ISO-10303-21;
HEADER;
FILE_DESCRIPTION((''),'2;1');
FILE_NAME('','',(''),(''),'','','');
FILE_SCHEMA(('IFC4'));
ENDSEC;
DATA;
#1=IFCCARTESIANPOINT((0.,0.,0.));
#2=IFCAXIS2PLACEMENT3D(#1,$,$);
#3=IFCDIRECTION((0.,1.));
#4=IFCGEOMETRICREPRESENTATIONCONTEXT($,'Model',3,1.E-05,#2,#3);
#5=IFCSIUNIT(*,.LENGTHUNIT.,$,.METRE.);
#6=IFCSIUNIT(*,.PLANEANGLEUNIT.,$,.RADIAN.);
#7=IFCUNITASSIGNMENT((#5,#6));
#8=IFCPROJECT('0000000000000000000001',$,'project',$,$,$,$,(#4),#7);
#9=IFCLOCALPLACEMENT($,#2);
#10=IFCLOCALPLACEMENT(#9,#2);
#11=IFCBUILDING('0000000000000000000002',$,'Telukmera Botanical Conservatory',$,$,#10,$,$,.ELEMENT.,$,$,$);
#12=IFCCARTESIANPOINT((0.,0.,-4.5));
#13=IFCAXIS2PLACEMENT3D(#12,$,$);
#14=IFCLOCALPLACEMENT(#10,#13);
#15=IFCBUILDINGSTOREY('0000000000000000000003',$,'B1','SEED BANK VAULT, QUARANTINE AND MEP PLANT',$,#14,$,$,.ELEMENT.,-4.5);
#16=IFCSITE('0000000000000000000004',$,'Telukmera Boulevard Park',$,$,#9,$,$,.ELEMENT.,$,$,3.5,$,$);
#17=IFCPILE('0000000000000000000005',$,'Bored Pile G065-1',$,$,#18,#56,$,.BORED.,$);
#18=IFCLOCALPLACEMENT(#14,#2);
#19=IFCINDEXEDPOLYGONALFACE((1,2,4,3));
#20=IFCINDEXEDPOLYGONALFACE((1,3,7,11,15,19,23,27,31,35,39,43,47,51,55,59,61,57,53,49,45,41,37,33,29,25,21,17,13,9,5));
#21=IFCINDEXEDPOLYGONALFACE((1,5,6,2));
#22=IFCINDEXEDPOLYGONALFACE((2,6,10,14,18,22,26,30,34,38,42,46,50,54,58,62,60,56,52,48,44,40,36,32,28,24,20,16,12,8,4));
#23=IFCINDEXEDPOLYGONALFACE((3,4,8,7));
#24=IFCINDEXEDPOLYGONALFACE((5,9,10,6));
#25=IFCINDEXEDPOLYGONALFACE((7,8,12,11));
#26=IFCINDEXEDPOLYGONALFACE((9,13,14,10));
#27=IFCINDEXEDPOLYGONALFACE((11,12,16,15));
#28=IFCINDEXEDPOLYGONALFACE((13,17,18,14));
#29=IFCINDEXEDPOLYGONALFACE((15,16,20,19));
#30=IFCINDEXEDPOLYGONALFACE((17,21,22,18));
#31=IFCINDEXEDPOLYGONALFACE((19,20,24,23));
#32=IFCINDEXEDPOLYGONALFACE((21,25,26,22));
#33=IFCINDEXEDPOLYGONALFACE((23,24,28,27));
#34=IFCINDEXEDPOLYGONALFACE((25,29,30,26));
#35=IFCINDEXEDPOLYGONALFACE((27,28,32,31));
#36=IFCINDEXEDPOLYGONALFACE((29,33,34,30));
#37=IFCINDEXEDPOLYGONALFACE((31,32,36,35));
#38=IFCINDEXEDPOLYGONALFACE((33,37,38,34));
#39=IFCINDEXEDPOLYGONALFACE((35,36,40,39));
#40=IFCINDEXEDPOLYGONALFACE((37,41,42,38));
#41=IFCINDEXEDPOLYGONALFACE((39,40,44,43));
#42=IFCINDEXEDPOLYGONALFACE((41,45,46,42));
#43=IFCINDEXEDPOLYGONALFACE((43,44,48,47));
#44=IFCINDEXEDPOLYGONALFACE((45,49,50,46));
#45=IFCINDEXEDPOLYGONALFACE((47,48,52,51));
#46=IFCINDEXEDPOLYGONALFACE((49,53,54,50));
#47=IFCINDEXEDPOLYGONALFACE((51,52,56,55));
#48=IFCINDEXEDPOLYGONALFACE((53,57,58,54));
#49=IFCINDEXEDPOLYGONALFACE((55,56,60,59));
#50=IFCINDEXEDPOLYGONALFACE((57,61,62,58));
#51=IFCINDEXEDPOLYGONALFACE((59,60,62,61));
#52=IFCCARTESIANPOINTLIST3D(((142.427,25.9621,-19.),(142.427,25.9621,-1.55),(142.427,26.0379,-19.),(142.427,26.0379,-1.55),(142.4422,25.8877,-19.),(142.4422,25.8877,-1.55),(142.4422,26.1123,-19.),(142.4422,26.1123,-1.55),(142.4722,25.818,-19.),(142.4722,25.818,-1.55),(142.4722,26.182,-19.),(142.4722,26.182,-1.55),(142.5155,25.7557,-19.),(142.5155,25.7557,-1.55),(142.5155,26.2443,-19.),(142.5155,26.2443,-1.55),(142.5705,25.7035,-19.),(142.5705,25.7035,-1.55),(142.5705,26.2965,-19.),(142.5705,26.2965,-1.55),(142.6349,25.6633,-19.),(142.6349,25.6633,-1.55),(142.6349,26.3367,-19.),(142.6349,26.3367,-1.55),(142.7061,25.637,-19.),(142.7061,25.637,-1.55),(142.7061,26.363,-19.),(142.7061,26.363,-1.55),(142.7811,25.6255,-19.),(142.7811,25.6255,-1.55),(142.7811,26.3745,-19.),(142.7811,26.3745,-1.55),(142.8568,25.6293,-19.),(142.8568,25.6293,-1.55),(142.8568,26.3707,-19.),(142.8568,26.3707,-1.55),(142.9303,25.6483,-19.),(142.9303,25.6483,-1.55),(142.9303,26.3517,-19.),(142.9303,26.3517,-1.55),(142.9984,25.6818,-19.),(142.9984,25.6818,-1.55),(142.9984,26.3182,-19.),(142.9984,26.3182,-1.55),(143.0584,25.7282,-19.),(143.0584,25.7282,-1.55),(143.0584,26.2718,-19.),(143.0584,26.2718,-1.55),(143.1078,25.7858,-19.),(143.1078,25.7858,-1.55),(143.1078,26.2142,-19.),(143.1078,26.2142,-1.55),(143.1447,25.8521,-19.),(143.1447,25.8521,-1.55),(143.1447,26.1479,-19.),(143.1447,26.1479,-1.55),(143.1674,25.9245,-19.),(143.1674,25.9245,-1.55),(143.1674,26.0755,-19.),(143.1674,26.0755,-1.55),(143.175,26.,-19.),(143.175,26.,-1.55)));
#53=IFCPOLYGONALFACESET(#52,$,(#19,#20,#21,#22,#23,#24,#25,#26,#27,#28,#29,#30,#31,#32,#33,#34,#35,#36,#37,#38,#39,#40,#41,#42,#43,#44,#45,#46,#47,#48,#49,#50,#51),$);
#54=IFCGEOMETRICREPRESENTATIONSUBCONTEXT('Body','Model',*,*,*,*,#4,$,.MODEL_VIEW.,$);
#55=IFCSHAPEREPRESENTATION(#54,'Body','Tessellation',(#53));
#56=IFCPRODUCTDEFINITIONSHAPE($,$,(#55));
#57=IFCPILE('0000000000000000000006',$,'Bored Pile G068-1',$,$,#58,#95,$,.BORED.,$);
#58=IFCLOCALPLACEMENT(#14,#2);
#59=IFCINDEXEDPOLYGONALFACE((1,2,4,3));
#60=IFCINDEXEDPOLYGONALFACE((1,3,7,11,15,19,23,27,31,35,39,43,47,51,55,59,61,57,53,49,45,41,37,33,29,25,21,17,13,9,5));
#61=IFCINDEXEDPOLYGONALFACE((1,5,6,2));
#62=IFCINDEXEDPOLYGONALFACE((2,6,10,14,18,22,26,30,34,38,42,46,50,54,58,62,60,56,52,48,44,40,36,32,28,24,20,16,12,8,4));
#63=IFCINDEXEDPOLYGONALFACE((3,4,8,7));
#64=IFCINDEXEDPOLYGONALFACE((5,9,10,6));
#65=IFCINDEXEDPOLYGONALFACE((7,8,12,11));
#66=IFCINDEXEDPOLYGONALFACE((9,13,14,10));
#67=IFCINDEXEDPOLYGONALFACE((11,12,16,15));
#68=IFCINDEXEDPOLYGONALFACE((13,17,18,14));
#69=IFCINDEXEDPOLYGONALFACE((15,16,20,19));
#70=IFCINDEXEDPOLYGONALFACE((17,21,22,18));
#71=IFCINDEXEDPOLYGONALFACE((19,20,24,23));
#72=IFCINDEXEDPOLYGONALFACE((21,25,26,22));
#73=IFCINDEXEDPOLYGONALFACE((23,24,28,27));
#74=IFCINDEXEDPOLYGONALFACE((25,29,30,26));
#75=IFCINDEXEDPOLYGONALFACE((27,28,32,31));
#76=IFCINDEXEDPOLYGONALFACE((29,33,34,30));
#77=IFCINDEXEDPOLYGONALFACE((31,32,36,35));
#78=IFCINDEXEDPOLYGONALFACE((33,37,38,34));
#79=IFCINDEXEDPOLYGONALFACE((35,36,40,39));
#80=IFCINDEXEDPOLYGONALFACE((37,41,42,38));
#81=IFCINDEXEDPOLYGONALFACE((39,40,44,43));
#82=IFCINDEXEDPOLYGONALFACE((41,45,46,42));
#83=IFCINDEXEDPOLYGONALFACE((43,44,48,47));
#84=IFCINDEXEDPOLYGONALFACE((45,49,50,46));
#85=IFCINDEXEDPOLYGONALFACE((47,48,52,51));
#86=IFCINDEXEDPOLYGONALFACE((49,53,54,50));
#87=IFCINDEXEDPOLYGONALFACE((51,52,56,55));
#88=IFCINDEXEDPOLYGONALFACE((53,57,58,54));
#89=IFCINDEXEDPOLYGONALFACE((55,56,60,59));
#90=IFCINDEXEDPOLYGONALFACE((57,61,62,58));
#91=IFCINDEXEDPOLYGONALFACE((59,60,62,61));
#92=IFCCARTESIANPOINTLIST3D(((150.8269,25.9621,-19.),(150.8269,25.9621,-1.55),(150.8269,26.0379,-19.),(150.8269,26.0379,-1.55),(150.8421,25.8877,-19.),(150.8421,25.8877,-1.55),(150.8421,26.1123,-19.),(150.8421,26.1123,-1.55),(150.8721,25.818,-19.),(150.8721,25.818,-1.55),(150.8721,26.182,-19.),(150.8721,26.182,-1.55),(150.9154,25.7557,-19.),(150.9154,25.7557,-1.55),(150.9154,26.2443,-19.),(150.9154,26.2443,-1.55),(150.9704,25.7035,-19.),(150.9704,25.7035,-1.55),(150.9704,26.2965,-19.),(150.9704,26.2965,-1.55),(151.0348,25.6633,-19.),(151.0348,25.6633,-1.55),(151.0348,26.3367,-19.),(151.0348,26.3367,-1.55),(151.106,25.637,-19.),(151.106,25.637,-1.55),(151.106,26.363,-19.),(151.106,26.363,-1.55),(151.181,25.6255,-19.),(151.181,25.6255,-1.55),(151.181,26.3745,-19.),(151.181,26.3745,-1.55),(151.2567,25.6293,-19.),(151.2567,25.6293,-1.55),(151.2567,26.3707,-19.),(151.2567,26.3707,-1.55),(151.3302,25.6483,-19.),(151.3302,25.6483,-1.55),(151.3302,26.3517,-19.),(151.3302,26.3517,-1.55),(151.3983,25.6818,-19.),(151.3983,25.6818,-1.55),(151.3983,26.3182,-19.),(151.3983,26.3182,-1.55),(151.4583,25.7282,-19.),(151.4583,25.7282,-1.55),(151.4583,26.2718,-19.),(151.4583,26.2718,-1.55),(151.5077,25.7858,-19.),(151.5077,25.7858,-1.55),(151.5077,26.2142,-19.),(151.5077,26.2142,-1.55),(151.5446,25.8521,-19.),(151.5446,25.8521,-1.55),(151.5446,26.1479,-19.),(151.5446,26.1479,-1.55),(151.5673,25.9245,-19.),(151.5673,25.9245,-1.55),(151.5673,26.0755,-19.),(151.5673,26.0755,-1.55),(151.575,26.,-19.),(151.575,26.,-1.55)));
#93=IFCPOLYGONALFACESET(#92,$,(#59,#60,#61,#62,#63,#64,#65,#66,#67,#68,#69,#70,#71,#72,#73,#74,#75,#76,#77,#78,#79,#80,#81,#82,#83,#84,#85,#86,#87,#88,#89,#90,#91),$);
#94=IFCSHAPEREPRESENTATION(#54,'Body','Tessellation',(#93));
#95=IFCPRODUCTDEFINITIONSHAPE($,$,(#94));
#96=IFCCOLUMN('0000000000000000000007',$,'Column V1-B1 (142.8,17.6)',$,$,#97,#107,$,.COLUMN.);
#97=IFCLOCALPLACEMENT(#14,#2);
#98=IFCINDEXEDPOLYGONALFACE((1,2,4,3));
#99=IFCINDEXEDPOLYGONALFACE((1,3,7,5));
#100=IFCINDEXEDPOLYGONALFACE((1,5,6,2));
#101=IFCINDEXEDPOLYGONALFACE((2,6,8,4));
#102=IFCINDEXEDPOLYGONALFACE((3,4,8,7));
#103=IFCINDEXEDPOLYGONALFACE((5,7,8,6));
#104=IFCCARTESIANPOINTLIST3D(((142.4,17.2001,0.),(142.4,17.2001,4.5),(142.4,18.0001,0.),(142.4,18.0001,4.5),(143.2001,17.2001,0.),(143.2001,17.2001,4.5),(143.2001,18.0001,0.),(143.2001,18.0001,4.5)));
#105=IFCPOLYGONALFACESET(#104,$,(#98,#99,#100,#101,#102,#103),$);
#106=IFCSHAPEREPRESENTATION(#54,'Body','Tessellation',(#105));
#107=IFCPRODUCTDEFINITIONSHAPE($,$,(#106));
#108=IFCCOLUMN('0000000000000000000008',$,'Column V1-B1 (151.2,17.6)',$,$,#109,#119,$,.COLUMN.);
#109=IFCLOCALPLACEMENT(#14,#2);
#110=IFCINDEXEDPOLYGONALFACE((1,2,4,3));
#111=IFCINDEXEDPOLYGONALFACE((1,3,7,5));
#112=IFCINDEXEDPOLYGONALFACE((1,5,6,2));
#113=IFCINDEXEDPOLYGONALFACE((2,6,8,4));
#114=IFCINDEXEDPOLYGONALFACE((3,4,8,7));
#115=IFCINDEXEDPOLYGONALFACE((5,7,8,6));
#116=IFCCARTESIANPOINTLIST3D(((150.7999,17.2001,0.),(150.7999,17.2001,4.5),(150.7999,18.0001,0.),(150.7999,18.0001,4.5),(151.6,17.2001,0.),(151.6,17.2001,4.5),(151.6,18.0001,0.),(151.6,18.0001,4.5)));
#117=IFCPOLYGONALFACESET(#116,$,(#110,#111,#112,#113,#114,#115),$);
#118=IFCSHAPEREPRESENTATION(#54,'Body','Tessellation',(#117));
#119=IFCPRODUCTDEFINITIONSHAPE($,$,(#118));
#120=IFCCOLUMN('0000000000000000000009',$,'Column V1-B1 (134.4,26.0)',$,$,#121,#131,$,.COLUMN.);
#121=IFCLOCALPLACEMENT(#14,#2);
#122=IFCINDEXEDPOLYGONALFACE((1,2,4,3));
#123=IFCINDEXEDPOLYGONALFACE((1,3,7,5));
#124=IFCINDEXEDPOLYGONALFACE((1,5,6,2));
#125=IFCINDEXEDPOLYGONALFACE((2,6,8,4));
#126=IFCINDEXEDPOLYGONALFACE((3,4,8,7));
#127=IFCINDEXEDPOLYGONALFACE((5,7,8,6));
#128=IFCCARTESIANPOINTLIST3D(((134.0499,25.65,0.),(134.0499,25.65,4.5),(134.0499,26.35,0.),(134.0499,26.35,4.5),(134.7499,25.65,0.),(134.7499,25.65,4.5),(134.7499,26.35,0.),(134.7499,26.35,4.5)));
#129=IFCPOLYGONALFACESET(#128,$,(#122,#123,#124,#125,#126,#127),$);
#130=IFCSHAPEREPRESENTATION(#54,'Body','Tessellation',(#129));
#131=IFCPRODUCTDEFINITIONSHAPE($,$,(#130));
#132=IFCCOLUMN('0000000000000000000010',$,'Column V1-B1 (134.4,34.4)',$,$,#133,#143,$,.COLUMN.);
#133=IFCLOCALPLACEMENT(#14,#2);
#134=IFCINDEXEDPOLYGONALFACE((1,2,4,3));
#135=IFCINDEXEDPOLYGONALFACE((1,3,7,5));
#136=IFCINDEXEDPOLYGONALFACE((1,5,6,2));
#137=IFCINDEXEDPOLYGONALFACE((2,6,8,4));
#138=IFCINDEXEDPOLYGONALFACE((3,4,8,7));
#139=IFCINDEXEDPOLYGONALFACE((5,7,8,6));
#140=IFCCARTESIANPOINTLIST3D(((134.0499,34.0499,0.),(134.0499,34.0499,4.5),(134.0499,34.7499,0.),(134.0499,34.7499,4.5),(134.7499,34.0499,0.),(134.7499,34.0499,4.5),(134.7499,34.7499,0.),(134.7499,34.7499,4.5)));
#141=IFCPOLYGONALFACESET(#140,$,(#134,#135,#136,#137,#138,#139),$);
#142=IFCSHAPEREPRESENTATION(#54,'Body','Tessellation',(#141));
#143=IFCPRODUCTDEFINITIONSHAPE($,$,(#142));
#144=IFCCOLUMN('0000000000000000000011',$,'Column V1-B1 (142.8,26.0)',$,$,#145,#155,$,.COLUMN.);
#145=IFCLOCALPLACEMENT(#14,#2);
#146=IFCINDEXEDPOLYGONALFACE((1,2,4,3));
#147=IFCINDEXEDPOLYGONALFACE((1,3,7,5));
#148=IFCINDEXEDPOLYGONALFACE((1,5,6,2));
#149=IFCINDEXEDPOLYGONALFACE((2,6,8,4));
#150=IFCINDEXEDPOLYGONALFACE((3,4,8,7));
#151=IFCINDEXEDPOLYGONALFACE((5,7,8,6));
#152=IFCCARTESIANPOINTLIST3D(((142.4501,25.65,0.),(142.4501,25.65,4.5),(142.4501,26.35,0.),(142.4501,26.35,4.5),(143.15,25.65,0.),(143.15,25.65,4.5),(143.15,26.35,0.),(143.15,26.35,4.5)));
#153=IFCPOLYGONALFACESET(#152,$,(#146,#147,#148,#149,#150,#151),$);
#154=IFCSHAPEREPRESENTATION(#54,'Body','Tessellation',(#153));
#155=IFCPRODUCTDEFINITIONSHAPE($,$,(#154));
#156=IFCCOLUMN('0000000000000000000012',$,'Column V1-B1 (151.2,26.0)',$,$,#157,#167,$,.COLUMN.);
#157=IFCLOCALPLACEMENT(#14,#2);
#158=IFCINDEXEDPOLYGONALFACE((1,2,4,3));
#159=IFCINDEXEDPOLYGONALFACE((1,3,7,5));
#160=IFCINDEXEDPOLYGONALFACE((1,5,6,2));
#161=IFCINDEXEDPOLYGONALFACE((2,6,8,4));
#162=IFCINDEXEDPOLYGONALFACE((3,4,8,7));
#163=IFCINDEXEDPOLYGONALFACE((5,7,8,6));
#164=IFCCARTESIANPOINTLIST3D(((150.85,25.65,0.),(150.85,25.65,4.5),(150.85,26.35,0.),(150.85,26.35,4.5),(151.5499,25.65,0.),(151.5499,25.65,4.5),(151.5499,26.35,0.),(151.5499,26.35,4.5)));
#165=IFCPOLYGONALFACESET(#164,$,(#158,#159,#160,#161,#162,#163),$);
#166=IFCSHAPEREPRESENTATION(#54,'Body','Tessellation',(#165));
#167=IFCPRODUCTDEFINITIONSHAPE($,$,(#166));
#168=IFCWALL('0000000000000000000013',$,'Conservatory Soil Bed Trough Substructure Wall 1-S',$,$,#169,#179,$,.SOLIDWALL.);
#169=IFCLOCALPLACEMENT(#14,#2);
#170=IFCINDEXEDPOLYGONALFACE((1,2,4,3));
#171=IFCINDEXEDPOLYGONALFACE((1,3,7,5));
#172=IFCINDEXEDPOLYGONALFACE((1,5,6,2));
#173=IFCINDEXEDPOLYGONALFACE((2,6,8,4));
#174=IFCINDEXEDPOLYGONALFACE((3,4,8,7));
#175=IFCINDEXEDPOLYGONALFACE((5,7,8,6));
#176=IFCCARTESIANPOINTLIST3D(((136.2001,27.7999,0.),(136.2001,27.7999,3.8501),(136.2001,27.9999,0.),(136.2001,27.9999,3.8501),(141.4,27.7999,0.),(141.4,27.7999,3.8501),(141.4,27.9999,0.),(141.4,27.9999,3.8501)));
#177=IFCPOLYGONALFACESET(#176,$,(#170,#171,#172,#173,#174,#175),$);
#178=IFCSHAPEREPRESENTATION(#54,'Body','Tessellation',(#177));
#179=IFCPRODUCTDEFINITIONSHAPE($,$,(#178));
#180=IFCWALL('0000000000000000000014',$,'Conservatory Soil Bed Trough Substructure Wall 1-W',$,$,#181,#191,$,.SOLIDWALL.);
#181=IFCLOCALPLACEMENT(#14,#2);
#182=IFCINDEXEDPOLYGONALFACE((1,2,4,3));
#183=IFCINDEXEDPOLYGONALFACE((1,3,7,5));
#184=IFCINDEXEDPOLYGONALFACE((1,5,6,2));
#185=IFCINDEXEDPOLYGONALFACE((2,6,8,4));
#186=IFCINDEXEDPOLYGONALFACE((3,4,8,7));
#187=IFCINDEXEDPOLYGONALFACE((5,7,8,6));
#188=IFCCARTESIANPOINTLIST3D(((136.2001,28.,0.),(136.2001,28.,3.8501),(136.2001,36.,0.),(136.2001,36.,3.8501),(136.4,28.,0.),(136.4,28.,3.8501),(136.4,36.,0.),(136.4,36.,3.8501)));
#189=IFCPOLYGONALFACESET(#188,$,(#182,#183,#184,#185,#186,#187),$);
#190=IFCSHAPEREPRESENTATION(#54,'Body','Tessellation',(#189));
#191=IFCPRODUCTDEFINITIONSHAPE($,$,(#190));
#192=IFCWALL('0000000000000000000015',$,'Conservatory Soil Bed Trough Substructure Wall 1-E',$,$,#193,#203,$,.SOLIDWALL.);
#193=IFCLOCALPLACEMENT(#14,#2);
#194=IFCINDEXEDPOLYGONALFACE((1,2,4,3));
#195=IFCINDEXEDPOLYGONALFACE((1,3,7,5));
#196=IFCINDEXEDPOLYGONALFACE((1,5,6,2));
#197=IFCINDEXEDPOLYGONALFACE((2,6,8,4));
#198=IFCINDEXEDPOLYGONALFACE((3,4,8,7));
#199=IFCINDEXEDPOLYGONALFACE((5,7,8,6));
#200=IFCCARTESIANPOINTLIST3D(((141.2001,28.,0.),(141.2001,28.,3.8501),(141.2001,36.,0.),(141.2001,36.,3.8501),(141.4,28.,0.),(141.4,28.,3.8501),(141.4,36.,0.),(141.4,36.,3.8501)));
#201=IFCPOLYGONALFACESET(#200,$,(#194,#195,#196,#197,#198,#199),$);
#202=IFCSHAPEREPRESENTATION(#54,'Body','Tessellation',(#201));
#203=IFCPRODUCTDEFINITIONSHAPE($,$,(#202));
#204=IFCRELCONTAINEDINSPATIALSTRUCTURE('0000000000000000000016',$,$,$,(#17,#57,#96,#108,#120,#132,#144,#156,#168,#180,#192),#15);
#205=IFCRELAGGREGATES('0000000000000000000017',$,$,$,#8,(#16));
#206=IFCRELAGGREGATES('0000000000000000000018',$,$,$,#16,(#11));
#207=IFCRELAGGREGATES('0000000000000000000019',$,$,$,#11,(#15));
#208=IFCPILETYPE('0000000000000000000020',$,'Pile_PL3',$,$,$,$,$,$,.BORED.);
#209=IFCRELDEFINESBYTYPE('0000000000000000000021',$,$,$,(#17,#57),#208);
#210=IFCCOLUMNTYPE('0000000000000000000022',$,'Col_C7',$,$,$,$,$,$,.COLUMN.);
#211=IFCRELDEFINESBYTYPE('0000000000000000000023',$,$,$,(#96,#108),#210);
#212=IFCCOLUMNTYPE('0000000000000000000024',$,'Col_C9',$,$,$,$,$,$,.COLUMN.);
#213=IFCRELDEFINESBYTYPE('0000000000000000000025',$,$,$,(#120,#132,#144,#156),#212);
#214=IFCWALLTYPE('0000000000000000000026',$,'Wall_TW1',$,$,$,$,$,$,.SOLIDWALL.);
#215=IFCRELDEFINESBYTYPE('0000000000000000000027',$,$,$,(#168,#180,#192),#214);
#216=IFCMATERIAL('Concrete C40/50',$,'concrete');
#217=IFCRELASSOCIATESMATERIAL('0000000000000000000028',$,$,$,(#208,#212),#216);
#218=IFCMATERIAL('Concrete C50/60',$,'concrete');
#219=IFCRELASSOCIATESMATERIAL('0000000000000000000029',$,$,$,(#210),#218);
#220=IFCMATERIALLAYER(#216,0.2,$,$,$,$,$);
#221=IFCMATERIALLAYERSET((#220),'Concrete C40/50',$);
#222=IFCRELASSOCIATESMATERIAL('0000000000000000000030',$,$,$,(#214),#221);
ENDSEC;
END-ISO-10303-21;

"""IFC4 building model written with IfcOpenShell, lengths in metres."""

from ifc_helpers import new_model, si_unit, direction, frame, frame_2d, origin, origin_2d, place, context, subcontext, project, spatial, rectangle, circle, extrude, material, layer, layer_set, material_profile, profile_set, type_object, element, save


model = new_model("IFC4")

# Units and contexts
model_context = context("Model", 3, precision=1e-05, world=origin(), true_north=direction((0.0, 1.0)))
body_context = subcontext(model_context, "Body", "Model", "MODEL_VIEW")
ifc_project = project(units=[si_unit("LENGTHUNIT", "METRE"), si_unit("PLANEANGLEUNIT", "RADIAN")], contexts=[model_context])

# Site, building, storey
site_placement = place(None, origin())
site = spatial("IfcSite", under=ifc_project, at=site_placement, Name="Telukmera Boulevard Park", CompositionType="ELEMENT", RefElevation=3.5)
building_placement = place(site_placement, origin())
building = spatial("IfcBuilding", under=site, at=building_placement, Name="Telukmera Botanical Conservatory", CompositionType="ELEMENT")
storey_placement = place(building_placement, frame((0.0, 0.0, -4.5)))
storey = spatial("IfcBuildingStorey", under=building, at=storey_placement, Name="B1", Description="SEED BANK VAULT, QUARANTINE AND MEP PLANT", CompositionType="ELEMENT", Elevation=-4.5)

# Shared definitions
ifc_material_1 = material(Name="Concrete C50/60", Category="concrete")
ifc_material_2 = material(Name="Concrete C40/50", Category="concrete")

# Piles
ifc_material_profile_1 = material_profile(ifc_material_2, circle(Radius=0.375, at=origin_2d()), Name="PILE D750")
ifc_profile_set_1 = profile_set([ifc_material_profile_1], Name="Concrete C40/50")
pile_type = type_object("IfcPileType", Name="Pile_PL3", PredefinedType="BORED", material=ifc_profile_set_1)
for number, where, z_axis, x_axis, name in (
    (1, (142.8, 26.0, -1.55), (0.0, 0.0, -1.0), (1.0, 0.0, 0.0), "Bored Pile G065-1"),
    (2, (151.2, 26.0, -1.55), (0.0, 0.0, -1.0), (1.0, 0.0, 0.0), "Bored Pile G068-1"),
):
    element("IfcPile", number, at=place(storey_placement, frame(where, z_axis=z_axis, x_axis=x_axis)), inside=storey, type_object=pile_type, Name=name, PredefinedType="BORED", context=body_context, shape_type="SweptSolid", body=[
        extrude(circle(Radius=0.375, at=origin_2d()), origin(), (0.0, 0.0, 1.0), 17.45),
    ])

# Columns
ifc_material_profile_2 = material_profile(ifc_material_1, rectangle(XDim=0.8, YDim=0.8, at=origin_2d()), Name="RC 800x800")
ifc_profile_set_2 = profile_set([ifc_material_profile_2], Name="Concrete C50/60")
column_type_1 = type_object("IfcColumnType", Name="Col_C7", PredefinedType="COLUMN", material=ifc_profile_set_2)
for number, where, z_axis, x_axis, name in (
    (3, (142.8, 17.6001, 0.0), (0.0, 0.0, 1.0), (1.0, 0.0, 0.0), "Column V1-B1 (142.8,17.6)"),
    (4, (151.2, 17.6001, 0.0), (0.0, 0.0, 1.0), (1.0, 0.0, 0.0), "Column V1-B1 (151.2,17.6)"),
):
    element("IfcColumn", number, at=place(storey_placement, frame(where, z_axis=z_axis, x_axis=x_axis)), inside=storey, type_object=column_type_1, Name=name, PredefinedType="COLUMN", context=body_context, shape_type="SweptSolid", body=[
        extrude(rectangle(XDim=0.8, YDim=0.8, at=origin_2d()), origin(), (0.0, 0.0, 1.0), 4.5),
    ])
ifc_material_profile_3 = material_profile(ifc_material_2, rectangle(XDim=0.7, YDim=0.7, at=origin_2d()), Name="RC 700x700")
ifc_profile_set_3 = profile_set([ifc_material_profile_3], Name="Concrete C40/50")
column_type_2 = type_object("IfcColumnType", Name="Col_C9", PredefinedType="COLUMN", material=ifc_profile_set_3)
for number, where, z_axis, x_axis, name in (
    (5, (134.3999, 26.0, 0.0), (0.0, 0.0, 1.0), (1.0, 0.0, 0.0), "Column V1-B1 (134.4,26.0)"),
    (6, (134.3999, 34.3999, 0.0), (0.0, 0.0, 1.0), (1.0, 0.0, 0.0), "Column V1-B1 (134.4,34.4)"),
    (7, (142.8, 26.0, 0.0), (0.0, 0.0, 1.0), (1.0, 0.0, 0.0), "Column V1-B1 (142.8,26.0)"),
    (8, (151.2, 26.0, 0.0), (0.0, 0.0, 1.0), (1.0, 0.0, 0.0), "Column V1-B1 (151.2,26.0)"),
):
    element("IfcColumn", number, at=place(storey_placement, frame(where, z_axis=z_axis, x_axis=x_axis)), inside=storey, type_object=column_type_2, Name=name, PredefinedType="COLUMN", context=body_context, shape_type="SweptSolid", body=[
        extrude(rectangle(XDim=0.7, YDim=0.7, at=origin_2d()), origin(), (0.0, 0.0, 1.0), 4.5),
    ])

# Walls
ifc_layer = layer(ifc_material_2, 0.2)
ifc_layer_set = layer_set([ifc_layer], Name="Concrete C40/50")
wall_type = type_object("IfcWallType", Name="Wall_TW1", PredefinedType="SOLIDWALL", material=ifc_layer_set)
wall_1_placement = place(storey_placement, frame((136.2, 27.8999, 0.0), z_axis=(0.0, 0.0, 1.0), x_axis=(1.0, 0.0, 0.0)))
element("IfcWall", 9, at=wall_1_placement, inside=storey, type_object=wall_type, Name="Conservatory Soil Bed Trough Substructure Wall 1-S", PredefinedType="SOLIDWALL", context=body_context, shape_type="SweptSolid", body=[
    extrude(rectangle(XDim=5.2, YDim=0.2, at=frame_2d((2.6001, 0.0))), origin(), (0.0, 0.0, 1.0), 3.8501),
])
for number, where, z_axis, x_axis, name in (
    (10, (136.3, 28.0, 0.0), (0.0, 0.0, 1.0), (0.0, 1.0, 0.0), "Conservatory Soil Bed Trough Substructure Wall 1-W"),
    (11, (141.3, 28.0, 0.0), (0.0, 0.0, 1.0), (0.0, 1.0, 0.0), "Conservatory Soil Bed Trough Substructure Wall 1-E"),
):
    element("IfcWall", number, at=place(storey_placement, frame(where, z_axis=z_axis, x_axis=x_axis)), inside=storey, type_object=wall_type, Name=name, PredefinedType="SOLIDWALL", context=body_context, shape_type="SweptSolid", body=[
        extrude(rectangle(XDim=8.0, YDim=0.2, at=frame_2d((4.0, 0.0))), origin(), (0.0, 0.0, 1.0), 3.8501),
    ])

save(model, "model.ifc")
